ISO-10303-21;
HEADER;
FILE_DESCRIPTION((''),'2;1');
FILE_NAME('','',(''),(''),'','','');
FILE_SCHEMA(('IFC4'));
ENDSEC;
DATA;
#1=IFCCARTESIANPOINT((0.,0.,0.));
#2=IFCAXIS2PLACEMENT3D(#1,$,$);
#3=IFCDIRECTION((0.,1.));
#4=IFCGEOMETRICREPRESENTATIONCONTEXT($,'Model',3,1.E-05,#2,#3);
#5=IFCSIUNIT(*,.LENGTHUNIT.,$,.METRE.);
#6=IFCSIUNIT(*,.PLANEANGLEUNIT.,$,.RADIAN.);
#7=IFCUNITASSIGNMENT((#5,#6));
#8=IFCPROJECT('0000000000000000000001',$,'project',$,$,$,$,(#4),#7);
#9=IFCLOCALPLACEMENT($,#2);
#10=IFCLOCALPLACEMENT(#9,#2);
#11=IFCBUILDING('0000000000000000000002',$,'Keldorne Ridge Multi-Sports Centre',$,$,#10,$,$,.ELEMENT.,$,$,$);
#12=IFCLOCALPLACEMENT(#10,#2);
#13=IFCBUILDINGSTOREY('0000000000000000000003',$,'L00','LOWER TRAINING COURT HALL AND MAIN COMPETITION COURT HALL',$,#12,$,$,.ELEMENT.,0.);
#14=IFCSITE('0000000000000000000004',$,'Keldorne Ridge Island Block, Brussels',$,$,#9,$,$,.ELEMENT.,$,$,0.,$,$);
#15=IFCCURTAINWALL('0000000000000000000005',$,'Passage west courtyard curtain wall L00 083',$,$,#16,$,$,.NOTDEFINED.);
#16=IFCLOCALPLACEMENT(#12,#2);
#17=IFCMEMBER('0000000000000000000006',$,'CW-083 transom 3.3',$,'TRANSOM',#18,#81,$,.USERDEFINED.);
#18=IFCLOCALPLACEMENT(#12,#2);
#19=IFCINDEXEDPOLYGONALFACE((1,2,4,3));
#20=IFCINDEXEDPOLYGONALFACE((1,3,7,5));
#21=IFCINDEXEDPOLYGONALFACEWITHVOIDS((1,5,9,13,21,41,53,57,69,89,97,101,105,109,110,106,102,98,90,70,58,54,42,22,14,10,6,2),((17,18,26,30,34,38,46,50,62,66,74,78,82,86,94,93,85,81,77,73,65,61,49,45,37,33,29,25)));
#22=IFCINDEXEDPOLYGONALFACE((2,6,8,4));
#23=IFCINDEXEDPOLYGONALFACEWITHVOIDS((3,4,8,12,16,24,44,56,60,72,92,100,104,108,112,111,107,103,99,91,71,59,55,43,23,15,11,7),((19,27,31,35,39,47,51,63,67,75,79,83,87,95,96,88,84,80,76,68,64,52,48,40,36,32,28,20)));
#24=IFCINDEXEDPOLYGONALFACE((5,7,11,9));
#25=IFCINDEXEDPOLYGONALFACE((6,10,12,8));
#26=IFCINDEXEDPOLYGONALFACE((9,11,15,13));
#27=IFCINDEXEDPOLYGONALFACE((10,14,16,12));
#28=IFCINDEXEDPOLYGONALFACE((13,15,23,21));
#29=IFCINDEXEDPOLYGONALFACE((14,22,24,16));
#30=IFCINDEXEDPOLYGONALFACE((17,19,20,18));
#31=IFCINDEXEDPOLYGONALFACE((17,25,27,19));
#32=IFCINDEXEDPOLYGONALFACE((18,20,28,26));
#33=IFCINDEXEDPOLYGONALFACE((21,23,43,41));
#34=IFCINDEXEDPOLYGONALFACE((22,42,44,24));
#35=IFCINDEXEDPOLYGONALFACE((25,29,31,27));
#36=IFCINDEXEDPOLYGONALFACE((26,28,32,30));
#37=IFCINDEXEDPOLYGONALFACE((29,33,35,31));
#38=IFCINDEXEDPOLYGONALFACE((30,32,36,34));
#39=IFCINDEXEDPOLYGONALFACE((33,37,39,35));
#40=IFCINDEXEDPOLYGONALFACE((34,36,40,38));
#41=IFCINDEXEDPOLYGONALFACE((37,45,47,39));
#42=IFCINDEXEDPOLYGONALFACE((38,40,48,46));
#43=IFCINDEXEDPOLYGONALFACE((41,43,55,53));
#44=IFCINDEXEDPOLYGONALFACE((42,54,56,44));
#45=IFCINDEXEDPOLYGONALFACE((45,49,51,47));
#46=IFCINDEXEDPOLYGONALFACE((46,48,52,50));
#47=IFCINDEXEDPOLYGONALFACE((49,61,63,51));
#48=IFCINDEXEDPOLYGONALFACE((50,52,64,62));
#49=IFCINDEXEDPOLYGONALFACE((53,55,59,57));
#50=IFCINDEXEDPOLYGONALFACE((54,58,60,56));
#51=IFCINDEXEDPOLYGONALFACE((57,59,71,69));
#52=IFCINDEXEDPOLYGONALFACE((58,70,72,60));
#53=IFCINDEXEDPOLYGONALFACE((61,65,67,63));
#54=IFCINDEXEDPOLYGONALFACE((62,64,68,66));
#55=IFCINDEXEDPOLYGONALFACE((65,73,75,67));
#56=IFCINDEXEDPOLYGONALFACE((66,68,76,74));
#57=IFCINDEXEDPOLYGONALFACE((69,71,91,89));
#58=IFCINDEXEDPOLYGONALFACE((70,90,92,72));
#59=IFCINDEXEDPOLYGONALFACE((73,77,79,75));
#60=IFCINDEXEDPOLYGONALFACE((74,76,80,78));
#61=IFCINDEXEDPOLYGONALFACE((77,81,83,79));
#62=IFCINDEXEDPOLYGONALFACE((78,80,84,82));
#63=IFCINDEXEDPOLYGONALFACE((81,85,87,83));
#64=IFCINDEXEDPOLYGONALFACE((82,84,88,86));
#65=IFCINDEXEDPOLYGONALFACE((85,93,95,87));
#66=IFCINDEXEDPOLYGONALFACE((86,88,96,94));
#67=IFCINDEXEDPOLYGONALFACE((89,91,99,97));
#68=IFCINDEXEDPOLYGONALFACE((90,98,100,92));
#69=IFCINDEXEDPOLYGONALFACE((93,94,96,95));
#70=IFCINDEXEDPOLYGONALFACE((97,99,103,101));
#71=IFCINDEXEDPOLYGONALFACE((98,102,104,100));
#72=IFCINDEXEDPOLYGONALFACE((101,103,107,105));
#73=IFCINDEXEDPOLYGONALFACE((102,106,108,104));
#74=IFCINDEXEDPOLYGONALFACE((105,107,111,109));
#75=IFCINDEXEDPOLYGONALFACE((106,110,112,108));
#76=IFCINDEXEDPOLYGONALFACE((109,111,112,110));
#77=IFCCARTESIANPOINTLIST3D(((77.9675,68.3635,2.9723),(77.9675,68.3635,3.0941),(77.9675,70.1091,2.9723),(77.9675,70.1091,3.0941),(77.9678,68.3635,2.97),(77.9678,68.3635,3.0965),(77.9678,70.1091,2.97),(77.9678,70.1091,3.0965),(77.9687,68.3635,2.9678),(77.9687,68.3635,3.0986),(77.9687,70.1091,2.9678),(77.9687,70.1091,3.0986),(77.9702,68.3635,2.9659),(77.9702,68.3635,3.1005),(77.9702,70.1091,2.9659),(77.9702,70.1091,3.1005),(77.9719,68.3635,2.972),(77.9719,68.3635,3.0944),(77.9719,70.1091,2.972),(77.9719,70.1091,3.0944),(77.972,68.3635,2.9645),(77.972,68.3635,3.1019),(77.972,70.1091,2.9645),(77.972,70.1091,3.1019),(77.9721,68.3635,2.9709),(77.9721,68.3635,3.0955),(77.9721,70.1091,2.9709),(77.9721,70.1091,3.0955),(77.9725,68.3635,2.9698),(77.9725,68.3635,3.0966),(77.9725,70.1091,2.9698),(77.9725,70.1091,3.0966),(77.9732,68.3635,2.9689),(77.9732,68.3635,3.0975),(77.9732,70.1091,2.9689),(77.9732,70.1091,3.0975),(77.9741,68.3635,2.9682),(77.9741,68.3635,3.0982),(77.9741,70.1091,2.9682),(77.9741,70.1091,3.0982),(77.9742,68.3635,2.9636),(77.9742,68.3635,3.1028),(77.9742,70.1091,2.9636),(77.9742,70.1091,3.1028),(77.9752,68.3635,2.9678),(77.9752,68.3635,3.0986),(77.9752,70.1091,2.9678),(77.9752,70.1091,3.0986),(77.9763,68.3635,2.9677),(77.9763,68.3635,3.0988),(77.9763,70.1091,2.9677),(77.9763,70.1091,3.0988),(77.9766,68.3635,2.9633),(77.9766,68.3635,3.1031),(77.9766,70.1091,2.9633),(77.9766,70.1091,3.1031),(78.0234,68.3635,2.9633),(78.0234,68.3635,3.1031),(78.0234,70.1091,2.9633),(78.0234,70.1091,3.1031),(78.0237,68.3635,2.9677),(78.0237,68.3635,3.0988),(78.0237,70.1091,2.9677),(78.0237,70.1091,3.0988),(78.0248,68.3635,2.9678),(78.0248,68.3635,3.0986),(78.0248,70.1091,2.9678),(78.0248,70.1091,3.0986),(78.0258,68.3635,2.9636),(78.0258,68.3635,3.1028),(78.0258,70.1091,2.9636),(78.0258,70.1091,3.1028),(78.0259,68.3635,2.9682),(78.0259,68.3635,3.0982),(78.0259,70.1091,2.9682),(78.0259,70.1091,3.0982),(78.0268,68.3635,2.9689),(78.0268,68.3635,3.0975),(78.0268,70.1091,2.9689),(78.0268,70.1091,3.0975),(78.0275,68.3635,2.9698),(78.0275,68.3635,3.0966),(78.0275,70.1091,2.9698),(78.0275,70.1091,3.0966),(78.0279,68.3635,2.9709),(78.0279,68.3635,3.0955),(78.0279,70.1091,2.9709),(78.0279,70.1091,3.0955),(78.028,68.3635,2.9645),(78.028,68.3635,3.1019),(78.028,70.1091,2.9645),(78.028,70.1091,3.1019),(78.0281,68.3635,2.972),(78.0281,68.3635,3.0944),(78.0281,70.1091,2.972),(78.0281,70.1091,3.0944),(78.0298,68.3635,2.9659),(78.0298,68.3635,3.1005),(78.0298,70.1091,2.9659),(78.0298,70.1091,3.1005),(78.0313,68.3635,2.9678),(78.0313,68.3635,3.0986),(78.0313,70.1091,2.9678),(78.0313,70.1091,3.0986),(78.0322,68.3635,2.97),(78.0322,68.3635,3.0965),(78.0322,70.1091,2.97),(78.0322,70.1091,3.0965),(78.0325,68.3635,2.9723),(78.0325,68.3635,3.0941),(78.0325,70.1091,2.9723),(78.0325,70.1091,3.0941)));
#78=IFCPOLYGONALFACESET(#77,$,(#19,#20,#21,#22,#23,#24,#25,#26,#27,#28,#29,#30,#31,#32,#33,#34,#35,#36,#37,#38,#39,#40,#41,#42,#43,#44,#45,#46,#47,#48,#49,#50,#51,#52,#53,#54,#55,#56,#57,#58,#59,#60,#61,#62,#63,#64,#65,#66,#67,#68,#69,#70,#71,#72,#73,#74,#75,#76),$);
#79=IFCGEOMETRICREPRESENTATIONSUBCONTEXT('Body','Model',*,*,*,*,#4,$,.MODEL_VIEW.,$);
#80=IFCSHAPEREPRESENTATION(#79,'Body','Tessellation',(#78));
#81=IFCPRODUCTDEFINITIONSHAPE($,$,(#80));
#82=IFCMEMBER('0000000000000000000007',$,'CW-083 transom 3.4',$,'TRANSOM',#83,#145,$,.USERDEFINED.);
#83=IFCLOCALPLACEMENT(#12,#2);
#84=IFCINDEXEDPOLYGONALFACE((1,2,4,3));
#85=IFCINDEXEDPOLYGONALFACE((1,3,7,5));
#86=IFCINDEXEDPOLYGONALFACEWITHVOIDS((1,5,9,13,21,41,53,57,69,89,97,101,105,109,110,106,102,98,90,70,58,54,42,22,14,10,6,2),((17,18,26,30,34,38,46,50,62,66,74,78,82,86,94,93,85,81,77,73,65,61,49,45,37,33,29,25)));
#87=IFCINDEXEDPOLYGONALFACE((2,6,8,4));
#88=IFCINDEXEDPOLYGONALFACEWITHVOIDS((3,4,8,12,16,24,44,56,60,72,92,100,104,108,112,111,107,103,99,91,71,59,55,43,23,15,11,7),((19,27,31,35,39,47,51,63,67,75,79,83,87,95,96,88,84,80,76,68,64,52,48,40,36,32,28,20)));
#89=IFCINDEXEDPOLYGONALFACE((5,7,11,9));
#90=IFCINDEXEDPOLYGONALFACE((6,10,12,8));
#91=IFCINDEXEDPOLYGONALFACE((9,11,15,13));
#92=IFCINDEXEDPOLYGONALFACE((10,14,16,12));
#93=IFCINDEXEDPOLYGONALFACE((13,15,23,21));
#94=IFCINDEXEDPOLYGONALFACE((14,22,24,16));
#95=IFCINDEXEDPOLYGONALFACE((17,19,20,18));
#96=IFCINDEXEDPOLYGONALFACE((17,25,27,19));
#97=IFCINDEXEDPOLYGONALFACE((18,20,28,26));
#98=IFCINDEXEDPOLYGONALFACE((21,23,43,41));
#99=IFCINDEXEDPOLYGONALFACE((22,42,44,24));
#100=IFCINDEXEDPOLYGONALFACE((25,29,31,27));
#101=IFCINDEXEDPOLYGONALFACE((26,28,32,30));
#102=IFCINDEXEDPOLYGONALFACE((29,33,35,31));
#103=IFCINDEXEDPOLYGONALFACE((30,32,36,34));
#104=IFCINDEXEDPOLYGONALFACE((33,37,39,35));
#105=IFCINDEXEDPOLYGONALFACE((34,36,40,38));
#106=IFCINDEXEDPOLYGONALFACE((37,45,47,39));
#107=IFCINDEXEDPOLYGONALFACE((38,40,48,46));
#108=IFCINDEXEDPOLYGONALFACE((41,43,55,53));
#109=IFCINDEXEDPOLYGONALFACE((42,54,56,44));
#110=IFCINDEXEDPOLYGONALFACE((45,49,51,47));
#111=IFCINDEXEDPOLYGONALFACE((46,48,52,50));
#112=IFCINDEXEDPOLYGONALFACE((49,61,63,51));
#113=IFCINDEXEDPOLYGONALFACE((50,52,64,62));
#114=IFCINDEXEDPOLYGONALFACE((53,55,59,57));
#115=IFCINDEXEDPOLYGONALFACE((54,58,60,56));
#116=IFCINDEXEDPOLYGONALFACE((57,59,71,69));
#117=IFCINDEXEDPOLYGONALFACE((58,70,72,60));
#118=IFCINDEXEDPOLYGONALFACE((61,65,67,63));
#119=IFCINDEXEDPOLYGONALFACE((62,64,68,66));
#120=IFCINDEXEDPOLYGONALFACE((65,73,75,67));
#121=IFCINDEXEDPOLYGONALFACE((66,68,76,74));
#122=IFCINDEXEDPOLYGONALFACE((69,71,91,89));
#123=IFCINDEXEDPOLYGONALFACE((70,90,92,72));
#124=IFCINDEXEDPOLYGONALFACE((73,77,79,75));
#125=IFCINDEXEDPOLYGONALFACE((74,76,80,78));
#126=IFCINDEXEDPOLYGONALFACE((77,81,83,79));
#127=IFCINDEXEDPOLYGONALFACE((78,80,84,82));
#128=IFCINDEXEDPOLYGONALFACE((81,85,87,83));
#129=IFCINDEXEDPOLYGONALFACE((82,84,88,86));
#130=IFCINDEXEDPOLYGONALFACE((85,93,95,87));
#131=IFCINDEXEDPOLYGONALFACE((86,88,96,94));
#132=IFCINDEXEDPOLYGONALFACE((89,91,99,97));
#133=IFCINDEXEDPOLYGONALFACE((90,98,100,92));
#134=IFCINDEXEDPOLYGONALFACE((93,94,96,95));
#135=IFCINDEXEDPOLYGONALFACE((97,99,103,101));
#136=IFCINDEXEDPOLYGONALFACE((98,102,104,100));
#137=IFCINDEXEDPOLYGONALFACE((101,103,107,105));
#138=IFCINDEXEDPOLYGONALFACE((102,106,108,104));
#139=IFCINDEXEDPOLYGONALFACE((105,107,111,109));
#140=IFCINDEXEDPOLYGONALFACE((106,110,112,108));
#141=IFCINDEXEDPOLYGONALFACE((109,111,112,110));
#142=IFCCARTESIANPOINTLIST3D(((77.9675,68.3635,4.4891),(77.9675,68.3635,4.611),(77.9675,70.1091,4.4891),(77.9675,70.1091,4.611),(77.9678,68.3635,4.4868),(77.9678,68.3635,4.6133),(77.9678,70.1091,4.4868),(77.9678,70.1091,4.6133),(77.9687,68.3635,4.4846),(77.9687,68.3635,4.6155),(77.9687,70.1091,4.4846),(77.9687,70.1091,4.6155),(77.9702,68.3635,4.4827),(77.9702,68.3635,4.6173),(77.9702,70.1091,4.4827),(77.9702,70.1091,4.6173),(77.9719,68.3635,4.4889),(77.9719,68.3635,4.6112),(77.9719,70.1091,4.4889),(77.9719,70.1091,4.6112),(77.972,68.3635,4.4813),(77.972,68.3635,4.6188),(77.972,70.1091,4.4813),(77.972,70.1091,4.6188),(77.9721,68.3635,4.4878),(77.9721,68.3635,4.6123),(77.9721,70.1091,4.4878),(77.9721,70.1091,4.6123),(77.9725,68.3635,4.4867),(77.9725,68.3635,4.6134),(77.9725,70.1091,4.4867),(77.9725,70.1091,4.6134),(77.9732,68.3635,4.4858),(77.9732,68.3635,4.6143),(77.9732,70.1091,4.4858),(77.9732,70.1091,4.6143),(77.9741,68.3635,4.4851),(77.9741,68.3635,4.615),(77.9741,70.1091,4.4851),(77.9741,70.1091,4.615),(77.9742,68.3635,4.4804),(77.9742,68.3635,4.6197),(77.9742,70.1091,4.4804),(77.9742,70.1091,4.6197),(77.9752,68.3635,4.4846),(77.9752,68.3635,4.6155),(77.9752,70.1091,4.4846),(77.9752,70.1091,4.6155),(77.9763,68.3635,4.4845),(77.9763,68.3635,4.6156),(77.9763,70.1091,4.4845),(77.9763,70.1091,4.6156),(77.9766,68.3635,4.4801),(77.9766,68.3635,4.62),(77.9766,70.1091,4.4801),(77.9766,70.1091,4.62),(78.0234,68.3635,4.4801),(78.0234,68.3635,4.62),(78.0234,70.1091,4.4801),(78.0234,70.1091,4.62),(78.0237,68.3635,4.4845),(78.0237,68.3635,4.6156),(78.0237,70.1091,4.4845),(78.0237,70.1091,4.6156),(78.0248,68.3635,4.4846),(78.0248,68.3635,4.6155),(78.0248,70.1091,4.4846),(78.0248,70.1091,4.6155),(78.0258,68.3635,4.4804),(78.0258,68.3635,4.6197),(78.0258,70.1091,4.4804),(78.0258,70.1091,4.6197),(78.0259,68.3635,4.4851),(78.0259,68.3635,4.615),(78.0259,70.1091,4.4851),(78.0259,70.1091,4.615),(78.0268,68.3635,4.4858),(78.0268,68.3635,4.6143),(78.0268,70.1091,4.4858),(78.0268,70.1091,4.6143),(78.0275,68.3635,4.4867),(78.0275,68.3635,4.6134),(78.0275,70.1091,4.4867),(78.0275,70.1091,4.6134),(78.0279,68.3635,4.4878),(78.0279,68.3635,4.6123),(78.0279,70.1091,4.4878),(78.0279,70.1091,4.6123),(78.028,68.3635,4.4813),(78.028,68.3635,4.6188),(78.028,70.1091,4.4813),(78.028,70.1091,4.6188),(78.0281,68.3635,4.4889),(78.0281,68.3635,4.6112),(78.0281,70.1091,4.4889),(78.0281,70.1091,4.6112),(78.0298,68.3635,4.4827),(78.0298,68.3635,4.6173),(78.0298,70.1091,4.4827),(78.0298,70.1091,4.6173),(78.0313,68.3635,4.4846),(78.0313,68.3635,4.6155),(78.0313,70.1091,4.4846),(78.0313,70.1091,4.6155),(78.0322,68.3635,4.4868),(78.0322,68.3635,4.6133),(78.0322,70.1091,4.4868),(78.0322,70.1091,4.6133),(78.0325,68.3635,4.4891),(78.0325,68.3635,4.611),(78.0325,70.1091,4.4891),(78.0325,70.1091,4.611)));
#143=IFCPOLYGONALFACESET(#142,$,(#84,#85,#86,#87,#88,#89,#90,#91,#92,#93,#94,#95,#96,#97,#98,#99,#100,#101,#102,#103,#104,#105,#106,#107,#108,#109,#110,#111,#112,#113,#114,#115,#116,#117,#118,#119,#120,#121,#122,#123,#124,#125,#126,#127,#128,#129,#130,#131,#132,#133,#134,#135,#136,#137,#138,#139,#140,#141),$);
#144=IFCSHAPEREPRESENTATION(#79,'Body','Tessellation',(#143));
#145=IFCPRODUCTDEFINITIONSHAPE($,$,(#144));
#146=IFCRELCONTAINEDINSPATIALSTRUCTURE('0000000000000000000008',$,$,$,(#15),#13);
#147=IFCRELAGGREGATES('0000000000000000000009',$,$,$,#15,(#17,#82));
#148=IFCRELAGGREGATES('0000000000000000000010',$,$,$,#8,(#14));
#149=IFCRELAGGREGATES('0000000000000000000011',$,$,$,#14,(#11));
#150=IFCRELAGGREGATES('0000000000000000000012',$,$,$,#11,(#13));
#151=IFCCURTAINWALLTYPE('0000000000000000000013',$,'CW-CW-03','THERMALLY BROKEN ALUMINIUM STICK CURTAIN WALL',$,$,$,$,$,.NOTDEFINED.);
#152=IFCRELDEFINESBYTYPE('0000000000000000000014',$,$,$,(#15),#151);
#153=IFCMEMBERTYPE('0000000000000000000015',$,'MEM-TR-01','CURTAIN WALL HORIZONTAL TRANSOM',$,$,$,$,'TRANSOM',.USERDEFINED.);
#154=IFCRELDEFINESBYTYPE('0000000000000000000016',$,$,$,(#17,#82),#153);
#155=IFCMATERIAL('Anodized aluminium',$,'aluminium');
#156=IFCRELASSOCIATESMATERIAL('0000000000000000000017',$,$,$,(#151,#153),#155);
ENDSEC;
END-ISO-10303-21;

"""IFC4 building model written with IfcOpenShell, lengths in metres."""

from ifc_helpers import new_model, si_unit, direction, frame, origin, origin_2d, place, context, subcontext, project, spatial, hollow_rectangle, extrude, material, material_profile, profile_set, type_object, element, aggregate, save


model = new_model("IFC4")

# Units and contexts
model_context = context("Model", 3, precision=1e-05, world=origin(), true_north=direction((0.0, 1.0)))
body_context = subcontext(model_context, "Body", "Model", "MODEL_VIEW")
ifc_project = project(units=[si_unit("LENGTHUNIT", "METRE"), si_unit("PLANEANGLEUNIT", "RADIAN")], contexts=[model_context])

# Site, building, storey
site_placement = place(None, origin())
site = spatial("IfcSite", under=ifc_project, at=site_placement, Name="Keldorne Ridge Island Block, Brussels", CompositionType="ELEMENT", RefElevation=0.0)
building_placement = place(site_placement, origin())
building = spatial("IfcBuilding", under=site, at=building_placement, Name="Keldorne Ridge Multi-Sports Centre", CompositionType="ELEMENT")
storey_placement = place(building_placement, origin())
storey = spatial("IfcBuildingStorey", under=building, at=storey_placement, Name="L00", Description="LOWER TRAINING COURT HALL AND MAIN COMPETITION COURT HALL", CompositionType="ELEMENT", Elevation=0.0)

# Curtain wall, members
ifc_material_1 = material(Name="Anodized aluminium", Category="aluminium")
curtain_wall_type = type_object("IfcCurtainWallType", Name="CW-CW-03", Description="THERMALLY BROKEN ALUMINIUM STICK CURTAIN WALL", PredefinedType="NOTDEFINED", material=ifc_material_1)
curtain_wall_placement = place(storey_placement, origin())
curtain_wall = element("IfcCurtainWall", 1, at=curtain_wall_placement, inside=storey, type_object=curtain_wall_type, Name="Passage west courtyard curtain wall L00 083", PredefinedType="NOTDEFINED")
ifc_material_profile_1 = material_profile(ifc_material_1, hollow_rectangle(XDim=0.0649, YDim=0.1399, WallThickness=0.0044, InnerFilletRadius=0.0044, OuterFilletRadius=0.009, at=origin_2d()), Name="ALU TRANSOM 140x65x4.5")
ifc_profile_set_1 = profile_set([ifc_material_profile_1], Name="Anodized aluminium")
member_type_1 = type_object("IfcMemberType", Name="MEM-TR-01", Description="CURTAIN WALL HORIZONTAL TRANSOM", ElementType="TRANSOM", PredefinedType="USERDEFINED", material=ifc_profile_set_1)
member_1_placement = place(storey_placement, frame((78.0, 70.1091, 3.0332), z_axis=(0.0, -1.0, 0.0), x_axis=(1.0, 0.0, 0.0)))
member_1 = element("IfcMember", 2, at=member_1_placement, type_object=member_type_1, Name="CW-083 transom 3.3", ObjectType="TRANSOM", PredefinedType="USERDEFINED", context=body_context, shape_type="SweptSolid", body=[
    extrude(hollow_rectangle(XDim=0.0649, YDim=0.1399, WallThickness=0.0044, InnerFilletRadius=0.0044, OuterFilletRadius=0.009, at=origin_2d()), origin(), (0.0, 0.0, 1.0), 1.7456),
])
member_2_placement = place(storey_placement, frame((78.0, 70.1091, 4.55), z_axis=(0.0, -1.0, 0.0), x_axis=(1.0, 0.0, 0.0)))
member_2 = element("IfcMember", 3, at=member_2_placement, type_object=member_type_1, Name="CW-083 transom 3.4", ObjectType="TRANSOM", PredefinedType="USERDEFINED", context=body_context, shape_type="SweptSolid", body=[
    extrude(hollow_rectangle(XDim=0.0649, YDim=0.1399, WallThickness=0.0044, InnerFilletRadius=0.0044, OuterFilletRadius=0.009, at=origin_2d()), origin(), (0.0, 0.0, 1.0), 1.7456),
])
aggregate(curtain_wall, [member_1, member_2])

save(model, "model.ifc")
